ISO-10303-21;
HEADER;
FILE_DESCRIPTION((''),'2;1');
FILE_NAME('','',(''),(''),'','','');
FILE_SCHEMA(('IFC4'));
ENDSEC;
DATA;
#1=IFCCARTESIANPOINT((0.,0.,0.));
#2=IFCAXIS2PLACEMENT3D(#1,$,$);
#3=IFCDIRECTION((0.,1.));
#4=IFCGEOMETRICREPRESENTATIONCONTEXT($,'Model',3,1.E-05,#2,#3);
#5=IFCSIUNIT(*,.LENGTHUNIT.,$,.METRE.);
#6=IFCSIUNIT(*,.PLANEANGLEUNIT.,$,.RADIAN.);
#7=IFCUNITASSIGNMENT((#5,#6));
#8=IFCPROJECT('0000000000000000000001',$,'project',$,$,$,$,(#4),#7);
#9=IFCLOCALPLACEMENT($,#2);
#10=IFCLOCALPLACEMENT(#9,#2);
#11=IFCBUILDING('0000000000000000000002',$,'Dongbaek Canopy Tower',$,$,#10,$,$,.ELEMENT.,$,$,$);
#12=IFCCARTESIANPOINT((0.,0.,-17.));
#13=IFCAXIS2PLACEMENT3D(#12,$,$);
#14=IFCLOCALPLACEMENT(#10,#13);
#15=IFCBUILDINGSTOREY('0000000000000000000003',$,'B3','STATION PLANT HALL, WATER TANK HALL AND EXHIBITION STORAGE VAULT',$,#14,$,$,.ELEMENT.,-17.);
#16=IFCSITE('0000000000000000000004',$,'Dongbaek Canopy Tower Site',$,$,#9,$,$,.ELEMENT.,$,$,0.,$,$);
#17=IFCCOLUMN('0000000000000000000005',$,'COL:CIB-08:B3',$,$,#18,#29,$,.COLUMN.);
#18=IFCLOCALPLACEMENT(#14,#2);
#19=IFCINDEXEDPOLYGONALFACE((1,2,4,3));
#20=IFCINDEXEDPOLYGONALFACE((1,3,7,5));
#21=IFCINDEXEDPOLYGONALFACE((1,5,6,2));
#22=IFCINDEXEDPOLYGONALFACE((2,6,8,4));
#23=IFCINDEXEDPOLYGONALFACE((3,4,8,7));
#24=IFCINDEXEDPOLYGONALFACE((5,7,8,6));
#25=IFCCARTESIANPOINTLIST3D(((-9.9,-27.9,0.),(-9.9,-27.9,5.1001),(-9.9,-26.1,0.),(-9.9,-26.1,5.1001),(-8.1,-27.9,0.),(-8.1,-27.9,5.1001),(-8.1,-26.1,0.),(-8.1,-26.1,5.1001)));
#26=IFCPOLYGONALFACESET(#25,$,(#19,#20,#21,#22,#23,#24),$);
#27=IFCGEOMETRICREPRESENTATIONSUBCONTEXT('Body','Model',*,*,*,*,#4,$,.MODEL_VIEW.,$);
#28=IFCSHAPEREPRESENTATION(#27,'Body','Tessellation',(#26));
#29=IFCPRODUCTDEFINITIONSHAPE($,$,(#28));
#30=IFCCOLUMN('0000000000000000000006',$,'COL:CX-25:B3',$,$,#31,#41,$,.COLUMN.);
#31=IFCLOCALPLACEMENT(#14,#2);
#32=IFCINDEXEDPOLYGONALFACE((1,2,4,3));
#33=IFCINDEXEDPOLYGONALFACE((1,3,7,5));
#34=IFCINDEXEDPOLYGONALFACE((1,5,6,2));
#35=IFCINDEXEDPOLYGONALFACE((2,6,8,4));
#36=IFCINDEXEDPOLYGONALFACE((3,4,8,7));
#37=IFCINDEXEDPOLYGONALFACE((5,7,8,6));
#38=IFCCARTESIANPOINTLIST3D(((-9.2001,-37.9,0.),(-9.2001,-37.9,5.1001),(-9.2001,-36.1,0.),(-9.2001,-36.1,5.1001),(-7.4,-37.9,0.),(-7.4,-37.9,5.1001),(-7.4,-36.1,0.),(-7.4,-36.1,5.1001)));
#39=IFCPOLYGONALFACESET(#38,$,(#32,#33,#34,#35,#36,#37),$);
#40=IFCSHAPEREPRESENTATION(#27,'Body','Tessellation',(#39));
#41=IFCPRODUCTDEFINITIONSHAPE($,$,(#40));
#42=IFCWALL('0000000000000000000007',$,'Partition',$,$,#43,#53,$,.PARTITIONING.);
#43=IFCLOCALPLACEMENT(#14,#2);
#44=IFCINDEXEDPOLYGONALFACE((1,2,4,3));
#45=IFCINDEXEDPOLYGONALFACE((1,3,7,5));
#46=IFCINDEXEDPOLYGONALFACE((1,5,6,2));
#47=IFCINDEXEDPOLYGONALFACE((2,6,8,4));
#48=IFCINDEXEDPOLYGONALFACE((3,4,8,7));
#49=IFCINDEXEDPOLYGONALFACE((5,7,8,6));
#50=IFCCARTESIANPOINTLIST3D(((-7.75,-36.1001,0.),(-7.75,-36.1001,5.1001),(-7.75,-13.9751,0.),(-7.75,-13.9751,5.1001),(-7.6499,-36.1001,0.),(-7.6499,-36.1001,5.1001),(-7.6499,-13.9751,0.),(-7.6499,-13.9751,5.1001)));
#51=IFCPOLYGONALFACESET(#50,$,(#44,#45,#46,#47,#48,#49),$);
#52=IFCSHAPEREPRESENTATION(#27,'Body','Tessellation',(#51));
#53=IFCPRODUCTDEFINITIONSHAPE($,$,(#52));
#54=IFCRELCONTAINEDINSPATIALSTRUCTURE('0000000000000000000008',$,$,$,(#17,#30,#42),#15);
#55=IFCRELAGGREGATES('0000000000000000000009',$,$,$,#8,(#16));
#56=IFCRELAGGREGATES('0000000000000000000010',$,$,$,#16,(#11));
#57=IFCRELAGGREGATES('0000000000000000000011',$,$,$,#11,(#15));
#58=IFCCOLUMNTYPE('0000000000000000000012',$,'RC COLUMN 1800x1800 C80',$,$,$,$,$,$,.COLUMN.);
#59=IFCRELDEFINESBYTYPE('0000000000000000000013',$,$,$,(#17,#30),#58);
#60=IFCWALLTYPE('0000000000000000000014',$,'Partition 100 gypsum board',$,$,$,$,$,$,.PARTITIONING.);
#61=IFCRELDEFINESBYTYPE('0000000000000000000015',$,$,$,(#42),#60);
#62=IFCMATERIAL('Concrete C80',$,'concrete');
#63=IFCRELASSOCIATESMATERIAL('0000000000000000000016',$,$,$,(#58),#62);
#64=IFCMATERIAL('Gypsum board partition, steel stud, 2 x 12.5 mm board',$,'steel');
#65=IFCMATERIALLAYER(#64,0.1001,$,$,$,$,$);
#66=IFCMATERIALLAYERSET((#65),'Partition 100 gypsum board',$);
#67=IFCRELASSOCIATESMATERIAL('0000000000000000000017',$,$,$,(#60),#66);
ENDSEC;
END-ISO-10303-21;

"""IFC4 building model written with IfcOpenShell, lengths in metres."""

from ifc_helpers import new_model, si_unit, direction, frame, frame_2d, origin, origin_2d, place, context, subcontext, project, spatial, rectangle, extrude, material, layer, layer_set, material_profile, profile_set, type_object, element, save


model = new_model("IFC4")

# Units and contexts
model_context = context("Model", 3, precision=1e-05, world=origin(), true_north=direction((0.0, 1.0)))
body_context = subcontext(model_context, "Body", "Model", "MODEL_VIEW")
ifc_project = project(units=[si_unit("LENGTHUNIT", "METRE"), si_unit("PLANEANGLEUNIT", "RADIAN")], contexts=[model_context])

# Site, building, storey
site_placement = place(None, origin())
site = spatial("IfcSite", under=ifc_project, at=site_placement, Name="Dongbaek Canopy Tower Site", CompositionType="ELEMENT", RefElevation=0.0)
building_placement = place(site_placement, origin())
building = spatial("IfcBuilding", under=site, at=building_placement, Name="Dongbaek Canopy Tower", CompositionType="ELEMENT")
storey_placement = place(building_placement, frame((0.0, 0.0, -17.0)))
storey = spatial("IfcBuildingStorey", under=building, at=storey_placement, Name="B3", Description="STATION PLANT HALL, WATER TANK HALL AND EXHIBITION STORAGE VAULT", CompositionType="ELEMENT", Elevation=-17.0)

# Columns
ifc_material_1 = material(Name="Concrete C80", Category="concrete")
ifc_material_profile_1 = material_profile(ifc_material_1, rectangle(XDim=1.8, YDim=1.8, at=origin_2d()), Name="RC COLUMN 1800x1800 C80")
ifc_profile_set_1 = profile_set([ifc_material_profile_1], Name="Concrete C80")
column_type = type_object("IfcColumnType", Name="RC COLUMN 1800x1800 C80", PredefinedType="COLUMN", material=ifc_profile_set_1)
for number, where, z_axis, x_axis, name in (
    (1, (-9.0, -27.0, 0.0), (0.0, 0.0, 1.0), (1.0, 0.0, 0.0), "COL:CIB-08:B3"),
    (2, (-8.3, -37.0, 0.0), (0.0, 0.0, 1.0), (1.0, 0.0, 0.0), "COL:CX-25:B3"),
):
    element("IfcColumn", number, at=place(storey_placement, frame(where, z_axis=z_axis, x_axis=x_axis)), inside=storey, type_object=column_type, Name=name, PredefinedType="COLUMN", context=body_context, shape_type="SweptSolid", body=[
        extrude(rectangle(XDim=1.8, YDim=1.8, at=origin_2d()), origin(), (0.0, 0.0, 1.0), 5.1001),
    ])

# Wall
ifc_material_2 = material(Name="Gypsum board partition, steel stud, 2 x 12.5 mm board", Category="steel")
ifc_layer = layer(ifc_material_2, 0.1001)
ifc_layer_set = layer_set([ifc_layer], Name="Partition 100 gypsum board")
wall_type = type_object("IfcWallType", Name="Partition 100 gypsum board", PredefinedType="PARTITIONING", material=ifc_layer_set)
wall_placement = place(storey_placement, frame((-7.7, -36.1001, 0.0), z_axis=(0.0, 0.0, 1.0), x_axis=(0.0, 1.0, 0.0)))
element("IfcWall", 3, at=wall_placement, inside=storey, type_object=wall_type, Name="Partition", PredefinedType="PARTITIONING", context=body_context, shape_type="SweptSolid", body=[
    extrude(rectangle(XDim=22.125, YDim=0.1001, at=frame_2d((11.0625, 0.0))), origin(), (0.0, 0.0, 1.0), 5.1001),
])

save(model, "model.ifc")
